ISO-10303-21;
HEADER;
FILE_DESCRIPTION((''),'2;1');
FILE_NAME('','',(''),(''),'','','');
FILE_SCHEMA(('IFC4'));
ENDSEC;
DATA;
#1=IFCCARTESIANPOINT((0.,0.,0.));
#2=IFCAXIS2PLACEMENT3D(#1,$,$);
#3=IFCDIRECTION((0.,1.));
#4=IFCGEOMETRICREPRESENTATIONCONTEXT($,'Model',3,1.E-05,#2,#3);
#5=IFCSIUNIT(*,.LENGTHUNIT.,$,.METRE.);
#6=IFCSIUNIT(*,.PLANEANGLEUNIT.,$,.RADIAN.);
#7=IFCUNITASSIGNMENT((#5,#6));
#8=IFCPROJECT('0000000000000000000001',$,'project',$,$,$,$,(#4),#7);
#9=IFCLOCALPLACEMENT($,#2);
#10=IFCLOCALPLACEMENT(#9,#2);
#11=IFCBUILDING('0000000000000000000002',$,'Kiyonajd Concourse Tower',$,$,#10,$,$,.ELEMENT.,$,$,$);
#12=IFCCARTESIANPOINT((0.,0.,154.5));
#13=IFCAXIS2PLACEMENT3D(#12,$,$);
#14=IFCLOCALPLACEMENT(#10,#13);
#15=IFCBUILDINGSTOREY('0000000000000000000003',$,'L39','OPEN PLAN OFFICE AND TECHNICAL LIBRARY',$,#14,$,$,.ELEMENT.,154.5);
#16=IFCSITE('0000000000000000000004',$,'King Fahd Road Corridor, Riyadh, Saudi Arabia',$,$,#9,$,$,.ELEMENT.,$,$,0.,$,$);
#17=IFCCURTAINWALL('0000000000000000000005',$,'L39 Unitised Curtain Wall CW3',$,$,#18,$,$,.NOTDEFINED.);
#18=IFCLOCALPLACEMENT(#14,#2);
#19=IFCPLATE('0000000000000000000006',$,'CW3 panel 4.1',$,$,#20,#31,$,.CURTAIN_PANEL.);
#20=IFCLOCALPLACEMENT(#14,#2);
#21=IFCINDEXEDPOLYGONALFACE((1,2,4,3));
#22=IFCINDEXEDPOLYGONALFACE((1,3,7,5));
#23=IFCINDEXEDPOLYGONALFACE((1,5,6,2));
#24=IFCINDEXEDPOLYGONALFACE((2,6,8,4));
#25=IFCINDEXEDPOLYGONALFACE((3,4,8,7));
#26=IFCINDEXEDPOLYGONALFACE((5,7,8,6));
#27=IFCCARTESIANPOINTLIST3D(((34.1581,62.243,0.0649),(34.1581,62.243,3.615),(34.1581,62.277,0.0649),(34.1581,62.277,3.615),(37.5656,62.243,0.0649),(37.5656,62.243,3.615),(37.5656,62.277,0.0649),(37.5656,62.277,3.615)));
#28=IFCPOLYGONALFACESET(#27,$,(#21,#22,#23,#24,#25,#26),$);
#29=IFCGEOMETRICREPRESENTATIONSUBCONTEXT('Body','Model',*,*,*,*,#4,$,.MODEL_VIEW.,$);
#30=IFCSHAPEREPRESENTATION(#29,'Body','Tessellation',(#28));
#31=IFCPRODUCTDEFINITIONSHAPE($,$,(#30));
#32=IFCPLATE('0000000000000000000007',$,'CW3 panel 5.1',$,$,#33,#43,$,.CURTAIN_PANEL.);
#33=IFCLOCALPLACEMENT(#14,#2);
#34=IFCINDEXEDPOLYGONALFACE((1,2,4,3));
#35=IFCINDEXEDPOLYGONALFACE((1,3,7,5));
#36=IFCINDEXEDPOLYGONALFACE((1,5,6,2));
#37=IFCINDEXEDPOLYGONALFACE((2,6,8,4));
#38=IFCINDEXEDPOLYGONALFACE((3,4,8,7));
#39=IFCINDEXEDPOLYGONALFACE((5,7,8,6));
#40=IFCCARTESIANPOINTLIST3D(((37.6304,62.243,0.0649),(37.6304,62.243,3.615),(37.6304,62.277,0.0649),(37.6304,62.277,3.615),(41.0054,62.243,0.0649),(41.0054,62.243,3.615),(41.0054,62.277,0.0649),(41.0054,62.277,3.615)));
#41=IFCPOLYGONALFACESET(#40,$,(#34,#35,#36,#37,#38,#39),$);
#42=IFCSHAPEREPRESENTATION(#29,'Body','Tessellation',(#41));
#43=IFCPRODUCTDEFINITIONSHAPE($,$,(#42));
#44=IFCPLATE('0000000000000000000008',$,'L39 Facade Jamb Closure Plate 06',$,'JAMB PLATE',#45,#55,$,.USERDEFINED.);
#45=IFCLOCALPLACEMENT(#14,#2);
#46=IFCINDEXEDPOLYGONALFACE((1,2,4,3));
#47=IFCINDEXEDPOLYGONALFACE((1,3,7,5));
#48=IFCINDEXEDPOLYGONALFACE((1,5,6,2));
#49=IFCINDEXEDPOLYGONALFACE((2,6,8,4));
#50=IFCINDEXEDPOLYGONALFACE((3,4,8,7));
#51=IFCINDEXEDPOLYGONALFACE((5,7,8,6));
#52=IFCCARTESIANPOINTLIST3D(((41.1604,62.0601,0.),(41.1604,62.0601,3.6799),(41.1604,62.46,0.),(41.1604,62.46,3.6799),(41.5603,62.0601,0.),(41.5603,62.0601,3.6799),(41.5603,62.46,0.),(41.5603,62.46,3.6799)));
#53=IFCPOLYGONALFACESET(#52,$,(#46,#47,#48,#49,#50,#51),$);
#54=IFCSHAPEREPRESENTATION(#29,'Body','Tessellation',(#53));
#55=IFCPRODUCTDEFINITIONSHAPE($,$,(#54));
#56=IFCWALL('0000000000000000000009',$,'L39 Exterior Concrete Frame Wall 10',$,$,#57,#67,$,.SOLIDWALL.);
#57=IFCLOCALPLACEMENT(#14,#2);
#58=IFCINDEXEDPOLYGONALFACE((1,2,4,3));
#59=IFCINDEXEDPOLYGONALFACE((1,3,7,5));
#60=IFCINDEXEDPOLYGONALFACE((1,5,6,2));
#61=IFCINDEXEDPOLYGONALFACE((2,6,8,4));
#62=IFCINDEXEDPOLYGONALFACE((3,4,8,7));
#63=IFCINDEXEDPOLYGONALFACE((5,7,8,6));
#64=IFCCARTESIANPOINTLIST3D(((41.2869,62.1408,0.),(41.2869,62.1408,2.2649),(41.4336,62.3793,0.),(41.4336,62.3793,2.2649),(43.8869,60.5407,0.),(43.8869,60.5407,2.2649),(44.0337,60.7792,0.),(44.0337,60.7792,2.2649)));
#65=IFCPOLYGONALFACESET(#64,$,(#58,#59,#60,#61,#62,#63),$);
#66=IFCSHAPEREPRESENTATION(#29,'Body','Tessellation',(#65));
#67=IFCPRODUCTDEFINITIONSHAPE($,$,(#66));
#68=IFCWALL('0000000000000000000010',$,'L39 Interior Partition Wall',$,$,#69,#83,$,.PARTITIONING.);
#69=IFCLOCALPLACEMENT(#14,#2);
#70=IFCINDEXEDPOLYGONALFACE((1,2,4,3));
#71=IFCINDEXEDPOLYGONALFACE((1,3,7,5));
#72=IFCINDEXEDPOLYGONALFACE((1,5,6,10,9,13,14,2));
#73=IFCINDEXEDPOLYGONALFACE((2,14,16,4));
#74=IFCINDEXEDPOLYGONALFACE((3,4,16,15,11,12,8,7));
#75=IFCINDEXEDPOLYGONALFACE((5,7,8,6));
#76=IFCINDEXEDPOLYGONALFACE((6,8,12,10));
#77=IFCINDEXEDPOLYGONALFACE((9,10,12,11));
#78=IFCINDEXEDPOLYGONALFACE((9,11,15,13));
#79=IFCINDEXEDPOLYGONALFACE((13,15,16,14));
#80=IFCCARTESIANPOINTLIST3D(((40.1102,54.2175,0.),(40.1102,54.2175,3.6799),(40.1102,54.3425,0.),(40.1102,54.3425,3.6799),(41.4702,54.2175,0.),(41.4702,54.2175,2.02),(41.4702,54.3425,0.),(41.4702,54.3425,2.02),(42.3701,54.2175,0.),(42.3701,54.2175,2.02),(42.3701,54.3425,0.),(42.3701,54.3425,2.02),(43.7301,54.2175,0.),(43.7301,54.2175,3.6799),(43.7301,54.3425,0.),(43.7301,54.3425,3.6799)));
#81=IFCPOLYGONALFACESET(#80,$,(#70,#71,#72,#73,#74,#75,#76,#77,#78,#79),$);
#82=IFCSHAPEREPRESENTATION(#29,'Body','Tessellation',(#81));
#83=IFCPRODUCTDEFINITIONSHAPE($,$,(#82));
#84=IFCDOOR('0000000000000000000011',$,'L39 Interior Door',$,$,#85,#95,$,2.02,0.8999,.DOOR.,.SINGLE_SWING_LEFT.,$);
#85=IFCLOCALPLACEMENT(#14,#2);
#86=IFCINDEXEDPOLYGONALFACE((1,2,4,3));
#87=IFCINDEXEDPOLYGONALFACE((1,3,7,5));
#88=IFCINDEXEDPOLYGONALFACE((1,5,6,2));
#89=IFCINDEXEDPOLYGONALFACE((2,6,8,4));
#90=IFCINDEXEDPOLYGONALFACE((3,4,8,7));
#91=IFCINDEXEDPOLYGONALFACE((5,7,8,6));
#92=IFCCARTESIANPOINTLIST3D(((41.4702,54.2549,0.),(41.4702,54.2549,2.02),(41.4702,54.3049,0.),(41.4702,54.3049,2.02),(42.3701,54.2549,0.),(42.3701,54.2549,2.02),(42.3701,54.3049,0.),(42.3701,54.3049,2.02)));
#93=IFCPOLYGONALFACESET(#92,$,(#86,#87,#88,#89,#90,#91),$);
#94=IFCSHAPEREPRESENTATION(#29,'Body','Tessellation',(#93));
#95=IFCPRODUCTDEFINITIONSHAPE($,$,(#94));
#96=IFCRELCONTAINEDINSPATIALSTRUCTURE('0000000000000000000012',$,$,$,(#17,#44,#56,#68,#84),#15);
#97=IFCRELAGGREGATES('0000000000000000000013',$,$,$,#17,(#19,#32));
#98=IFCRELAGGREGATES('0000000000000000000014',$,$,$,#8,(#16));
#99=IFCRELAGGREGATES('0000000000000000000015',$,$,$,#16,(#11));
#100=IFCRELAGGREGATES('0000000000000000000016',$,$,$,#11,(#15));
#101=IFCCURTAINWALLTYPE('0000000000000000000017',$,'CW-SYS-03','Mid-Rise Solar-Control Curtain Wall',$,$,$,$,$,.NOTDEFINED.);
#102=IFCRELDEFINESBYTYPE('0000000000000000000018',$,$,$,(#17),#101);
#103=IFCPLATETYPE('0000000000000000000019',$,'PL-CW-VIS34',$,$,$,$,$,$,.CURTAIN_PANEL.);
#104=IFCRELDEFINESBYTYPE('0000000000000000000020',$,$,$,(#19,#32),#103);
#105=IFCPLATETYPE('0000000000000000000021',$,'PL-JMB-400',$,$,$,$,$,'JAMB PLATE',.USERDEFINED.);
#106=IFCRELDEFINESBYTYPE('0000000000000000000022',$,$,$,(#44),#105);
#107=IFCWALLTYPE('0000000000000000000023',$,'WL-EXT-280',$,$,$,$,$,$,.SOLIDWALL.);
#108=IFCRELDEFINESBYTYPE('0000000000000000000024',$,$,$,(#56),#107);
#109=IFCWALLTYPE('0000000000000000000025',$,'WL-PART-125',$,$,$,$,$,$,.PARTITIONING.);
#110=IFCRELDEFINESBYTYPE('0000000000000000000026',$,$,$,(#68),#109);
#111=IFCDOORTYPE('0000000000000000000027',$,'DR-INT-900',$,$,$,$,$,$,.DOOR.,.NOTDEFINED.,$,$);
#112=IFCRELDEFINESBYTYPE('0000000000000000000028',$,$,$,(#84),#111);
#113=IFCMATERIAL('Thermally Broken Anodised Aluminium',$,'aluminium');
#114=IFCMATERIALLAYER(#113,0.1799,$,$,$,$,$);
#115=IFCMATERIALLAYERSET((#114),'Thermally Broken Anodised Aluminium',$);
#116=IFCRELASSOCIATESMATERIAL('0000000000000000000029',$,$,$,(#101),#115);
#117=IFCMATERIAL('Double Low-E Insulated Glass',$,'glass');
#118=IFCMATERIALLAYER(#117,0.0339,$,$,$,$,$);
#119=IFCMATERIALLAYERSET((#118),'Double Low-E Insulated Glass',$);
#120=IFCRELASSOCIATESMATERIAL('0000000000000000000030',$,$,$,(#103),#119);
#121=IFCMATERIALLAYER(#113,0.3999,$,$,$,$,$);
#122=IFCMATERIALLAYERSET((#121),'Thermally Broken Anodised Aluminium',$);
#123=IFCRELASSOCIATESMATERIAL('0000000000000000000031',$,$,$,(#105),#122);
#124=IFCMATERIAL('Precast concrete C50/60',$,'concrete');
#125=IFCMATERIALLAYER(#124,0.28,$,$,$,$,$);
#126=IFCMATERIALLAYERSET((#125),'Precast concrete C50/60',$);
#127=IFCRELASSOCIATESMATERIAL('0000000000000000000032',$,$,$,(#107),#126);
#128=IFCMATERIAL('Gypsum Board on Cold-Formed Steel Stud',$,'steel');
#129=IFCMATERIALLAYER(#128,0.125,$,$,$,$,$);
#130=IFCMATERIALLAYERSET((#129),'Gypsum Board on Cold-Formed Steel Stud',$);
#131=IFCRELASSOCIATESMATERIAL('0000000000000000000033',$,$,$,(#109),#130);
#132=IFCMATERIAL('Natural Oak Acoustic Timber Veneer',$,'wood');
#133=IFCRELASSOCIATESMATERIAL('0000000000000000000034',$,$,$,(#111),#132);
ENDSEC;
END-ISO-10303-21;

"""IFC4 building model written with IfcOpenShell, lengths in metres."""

from ifc_helpers import new_model, si_unit, direction, frame, frame_2d, origin, origin_2d, place, context, subcontext, project, spatial, rectangle, extrude, material, layer, layer_set, type_object, element, fill, aggregate, save


model = new_model("IFC4")

# Units and contexts
model_context = context("Model", 3, precision=1e-05, world=origin(), true_north=direction((0.0, 1.0)))
body_context = subcontext(model_context, "Body", "Model", "MODEL_VIEW")
ifc_project = project(units=[si_unit("LENGTHUNIT", "METRE"), si_unit("PLANEANGLEUNIT", "RADIAN")], contexts=[model_context])

# Site, building, storey
site_placement = place(None, origin())
site = spatial("IfcSite", under=ifc_project, at=site_placement, Name="King Fahd Road Corridor, Riyadh, Saudi Arabia", CompositionType="ELEMENT", RefElevation=0.0)
building_placement = place(site_placement, origin())
building = spatial("IfcBuilding", under=site, at=building_placement, Name="Kiyonajd Concourse Tower", CompositionType="ELEMENT")
storey_placement = place(building_placement, frame((0.0, 0.0, 154.5)))
storey = spatial("IfcBuildingStorey", under=building, at=storey_placement, Name="L39", Description="OPEN PLAN OFFICE AND TECHNICAL LIBRARY", CompositionType="ELEMENT", Elevation=154.5)

# Curtain wall
ifc_material_1 = material(Name="Thermally Broken Anodised Aluminium", Category="aluminium")
ifc_layer_1 = layer(ifc_material_1, 0.1799)
ifc_layer_set_1 = layer_set([ifc_layer_1], Name="Thermally Broken Anodised Aluminium")
curtain_wall_type = type_object("IfcCurtainWallType", Name="CW-SYS-03", Description="Mid-Rise Solar-Control Curtain Wall", PredefinedType="NOTDEFINED", material=ifc_layer_set_1)
curtain_wall_placement = place(storey_placement, origin())
curtain_wall = element("IfcCurtainWall", 1, at=curtain_wall_placement, inside=storey, type_object=curtain_wall_type, Name="L39 Unitised Curtain Wall CW3", PredefinedType="NOTDEFINED")

# Plates
ifc_material_2 = material(Name="Double Low-E Insulated Glass", Category="glass")
ifc_layer_2 = layer(ifc_material_2, 0.0339)
ifc_layer_set_2 = layer_set([ifc_layer_2], Name="Double Low-E Insulated Glass")
plate_type_1 = type_object("IfcPlateType", Name="PL-CW-VIS34", PredefinedType="CURTAIN_PANEL", material=ifc_layer_set_2)
plate_1_placement = place(storey_placement, frame((35.8618, 62.26, 0.0649), z_axis=(0.0, 0.0, 1.0), x_axis=(1.0, 0.0, 0.0)))
plate_1 = element("IfcPlate", 2, at=plate_1_placement, type_object=plate_type_1, Name="CW3 panel 4.1", PredefinedType="CURTAIN_PANEL", context=body_context, shape_type="SweptSolid", body=[
    extrude(rectangle(XDim=3.4075, YDim=0.0339, at=origin_2d()), origin(), (0.0, 0.0, 1.0), 3.55),
])
plate_2_placement = place(storey_placement, frame((39.3179, 62.26, 0.0649), z_axis=(0.0, 0.0, 1.0), x_axis=(1.0, 0.0, 0.0)))
plate_2 = element("IfcPlate", 3, at=plate_2_placement, type_object=plate_type_1, Name="CW3 panel 5.1", PredefinedType="CURTAIN_PANEL", context=body_context, shape_type="SweptSolid", body=[
    extrude(rectangle(XDim=3.375, YDim=0.0339, at=origin_2d()), origin(), (0.0, 0.0, 1.0), 3.55),
])
aggregate(curtain_wall, [plate_1, plate_2])
ifc_layer_3 = layer(ifc_material_1, 0.3999)
ifc_layer_set_3 = layer_set([ifc_layer_3], Name="Thermally Broken Anodised Aluminium")
plate_type_2 = type_object("IfcPlateType", Name="PL-JMB-400", ElementType="JAMB PLATE", PredefinedType="USERDEFINED", material=ifc_layer_set_3)
plate_3_placement = place(storey_placement, frame((41.3604, 62.26, 0.0), z_axis=(0.0, 0.0, 1.0), x_axis=(1.0, 0.0, 0.0)))
element("IfcPlate", 4, at=plate_3_placement, inside=storey, type_object=plate_type_2, Name="L39 Facade Jamb Closure Plate 06", ObjectType="JAMB PLATE", PredefinedType="USERDEFINED", context=body_context, shape_type="SweptSolid", body=[
    extrude(rectangle(XDim=0.3999, YDim=0.3999, at=origin_2d()), origin(), (0.0, 0.0, 1.0), 3.6799),
])

# Wall
ifc_material_3 = material(Name="Precast concrete C50/60", Category="concrete")
ifc_layer_4 = layer(ifc_material_3, 0.28)
ifc_layer_set_4 = layer_set([ifc_layer_4], Name="Precast concrete C50/60")
wall_type_1 = type_object("IfcWallType", Name="WL-EXT-280", PredefinedType="SOLIDWALL", material=ifc_layer_set_4)
wall_1_placement = place(storey_placement, frame((41.3604, 62.26, 0.0), z_axis=(0.0, 0.0, 1.0), x_axis=(0.851653, -0.524106, 0.0)))
element("IfcWall", 5, at=wall_1_placement, inside=storey, type_object=wall_type_1, Name="L39 Exterior Concrete Frame Wall 10", PredefinedType="SOLIDWALL", context=body_context, shape_type="SweptSolid", body=[
    extrude(rectangle(XDim=3.053, YDim=0.28, at=frame_2d((1.5264, 0.0))), origin(), (0.0, 0.0, 1.0), 2.2649),
])

# Wall, opening, door
ifc_material_4 = material(Name="Gypsum Board on Cold-Formed Steel Stud", Category="steel")
ifc_layer_5 = layer(ifc_material_4, 0.125)
ifc_layer_set_5 = layer_set([ifc_layer_5], Name="Gypsum Board on Cold-Formed Steel Stud")
wall_type_2 = type_object("IfcWallType", Name="WL-PART-125", PredefinedType="PARTITIONING", material=ifc_layer_set_5)
wall_2_placement = place(storey_placement, frame((40.1101, 54.28, 0.0), z_axis=(0.0, 0.0, 1.0), x_axis=(1.0, 0.0, 0.0)))
wall_2 = element("IfcWall", 6, at=wall_2_placement, inside=storey, type_object=wall_type_2, Name="L39 Interior Partition Wall", PredefinedType="PARTITIONING", context=body_context, shape_type="SweptSolid", body=[
    extrude(rectangle(XDim=3.6199, YDim=0.125, at=frame_2d((1.8101, 0.0))), origin(), (0.0, 0.0, 1.0), 3.6799),
])
opening_placement = place(wall_2_placement, frame((1.3601, 0.0, 0.0)))
opening = element("IfcOpeningElement", 7, at=opening_placement, cuts=wall_2, PredefinedType="OPENING", context=body_context, shape_type="SweptSolid", body=[
    extrude(rectangle(XDim=0.8999, YDim=2.02, at=frame_2d((0.45, 1.01))), frame((0.0, 0.0725, 0.0), z_axis=(0.0, -1.0, 0.0), x_axis=(1.0, 0.0, 0.0)), (0.0, 0.0, 1.0), 0.145),
])
ifc_material_5 = material(Name="Natural Oak Acoustic Timber Veneer", Category="wood")
door_type = type_object("IfcDoorType", Name="DR-INT-900", OperationType="NOTDEFINED", PredefinedType="DOOR", material=ifc_material_5)
door_placement = place(opening_placement, origin())
door = element("IfcDoor", 8, at=door_placement, inside=storey, type_object=door_type, Name="L39 Interior Door", OperationType="SINGLE_SWING_LEFT", OverallHeight=2.02, OverallWidth=0.8999, PredefinedType="DOOR", context=body_context, shape_type="SweptSolid", body=[
    extrude(rectangle(XDim=0.8999, YDim=2.02, at=frame_2d((0.45, 1.01))), frame((0.0, 0.0249, 0.0), z_axis=(0.0, -1.0, 0.0), x_axis=(1.0, 0.0, 0.0)), (0.0, 0.0, 1.0), 0.05),
])
fill(opening, door)

save(model, "model.ifc")
